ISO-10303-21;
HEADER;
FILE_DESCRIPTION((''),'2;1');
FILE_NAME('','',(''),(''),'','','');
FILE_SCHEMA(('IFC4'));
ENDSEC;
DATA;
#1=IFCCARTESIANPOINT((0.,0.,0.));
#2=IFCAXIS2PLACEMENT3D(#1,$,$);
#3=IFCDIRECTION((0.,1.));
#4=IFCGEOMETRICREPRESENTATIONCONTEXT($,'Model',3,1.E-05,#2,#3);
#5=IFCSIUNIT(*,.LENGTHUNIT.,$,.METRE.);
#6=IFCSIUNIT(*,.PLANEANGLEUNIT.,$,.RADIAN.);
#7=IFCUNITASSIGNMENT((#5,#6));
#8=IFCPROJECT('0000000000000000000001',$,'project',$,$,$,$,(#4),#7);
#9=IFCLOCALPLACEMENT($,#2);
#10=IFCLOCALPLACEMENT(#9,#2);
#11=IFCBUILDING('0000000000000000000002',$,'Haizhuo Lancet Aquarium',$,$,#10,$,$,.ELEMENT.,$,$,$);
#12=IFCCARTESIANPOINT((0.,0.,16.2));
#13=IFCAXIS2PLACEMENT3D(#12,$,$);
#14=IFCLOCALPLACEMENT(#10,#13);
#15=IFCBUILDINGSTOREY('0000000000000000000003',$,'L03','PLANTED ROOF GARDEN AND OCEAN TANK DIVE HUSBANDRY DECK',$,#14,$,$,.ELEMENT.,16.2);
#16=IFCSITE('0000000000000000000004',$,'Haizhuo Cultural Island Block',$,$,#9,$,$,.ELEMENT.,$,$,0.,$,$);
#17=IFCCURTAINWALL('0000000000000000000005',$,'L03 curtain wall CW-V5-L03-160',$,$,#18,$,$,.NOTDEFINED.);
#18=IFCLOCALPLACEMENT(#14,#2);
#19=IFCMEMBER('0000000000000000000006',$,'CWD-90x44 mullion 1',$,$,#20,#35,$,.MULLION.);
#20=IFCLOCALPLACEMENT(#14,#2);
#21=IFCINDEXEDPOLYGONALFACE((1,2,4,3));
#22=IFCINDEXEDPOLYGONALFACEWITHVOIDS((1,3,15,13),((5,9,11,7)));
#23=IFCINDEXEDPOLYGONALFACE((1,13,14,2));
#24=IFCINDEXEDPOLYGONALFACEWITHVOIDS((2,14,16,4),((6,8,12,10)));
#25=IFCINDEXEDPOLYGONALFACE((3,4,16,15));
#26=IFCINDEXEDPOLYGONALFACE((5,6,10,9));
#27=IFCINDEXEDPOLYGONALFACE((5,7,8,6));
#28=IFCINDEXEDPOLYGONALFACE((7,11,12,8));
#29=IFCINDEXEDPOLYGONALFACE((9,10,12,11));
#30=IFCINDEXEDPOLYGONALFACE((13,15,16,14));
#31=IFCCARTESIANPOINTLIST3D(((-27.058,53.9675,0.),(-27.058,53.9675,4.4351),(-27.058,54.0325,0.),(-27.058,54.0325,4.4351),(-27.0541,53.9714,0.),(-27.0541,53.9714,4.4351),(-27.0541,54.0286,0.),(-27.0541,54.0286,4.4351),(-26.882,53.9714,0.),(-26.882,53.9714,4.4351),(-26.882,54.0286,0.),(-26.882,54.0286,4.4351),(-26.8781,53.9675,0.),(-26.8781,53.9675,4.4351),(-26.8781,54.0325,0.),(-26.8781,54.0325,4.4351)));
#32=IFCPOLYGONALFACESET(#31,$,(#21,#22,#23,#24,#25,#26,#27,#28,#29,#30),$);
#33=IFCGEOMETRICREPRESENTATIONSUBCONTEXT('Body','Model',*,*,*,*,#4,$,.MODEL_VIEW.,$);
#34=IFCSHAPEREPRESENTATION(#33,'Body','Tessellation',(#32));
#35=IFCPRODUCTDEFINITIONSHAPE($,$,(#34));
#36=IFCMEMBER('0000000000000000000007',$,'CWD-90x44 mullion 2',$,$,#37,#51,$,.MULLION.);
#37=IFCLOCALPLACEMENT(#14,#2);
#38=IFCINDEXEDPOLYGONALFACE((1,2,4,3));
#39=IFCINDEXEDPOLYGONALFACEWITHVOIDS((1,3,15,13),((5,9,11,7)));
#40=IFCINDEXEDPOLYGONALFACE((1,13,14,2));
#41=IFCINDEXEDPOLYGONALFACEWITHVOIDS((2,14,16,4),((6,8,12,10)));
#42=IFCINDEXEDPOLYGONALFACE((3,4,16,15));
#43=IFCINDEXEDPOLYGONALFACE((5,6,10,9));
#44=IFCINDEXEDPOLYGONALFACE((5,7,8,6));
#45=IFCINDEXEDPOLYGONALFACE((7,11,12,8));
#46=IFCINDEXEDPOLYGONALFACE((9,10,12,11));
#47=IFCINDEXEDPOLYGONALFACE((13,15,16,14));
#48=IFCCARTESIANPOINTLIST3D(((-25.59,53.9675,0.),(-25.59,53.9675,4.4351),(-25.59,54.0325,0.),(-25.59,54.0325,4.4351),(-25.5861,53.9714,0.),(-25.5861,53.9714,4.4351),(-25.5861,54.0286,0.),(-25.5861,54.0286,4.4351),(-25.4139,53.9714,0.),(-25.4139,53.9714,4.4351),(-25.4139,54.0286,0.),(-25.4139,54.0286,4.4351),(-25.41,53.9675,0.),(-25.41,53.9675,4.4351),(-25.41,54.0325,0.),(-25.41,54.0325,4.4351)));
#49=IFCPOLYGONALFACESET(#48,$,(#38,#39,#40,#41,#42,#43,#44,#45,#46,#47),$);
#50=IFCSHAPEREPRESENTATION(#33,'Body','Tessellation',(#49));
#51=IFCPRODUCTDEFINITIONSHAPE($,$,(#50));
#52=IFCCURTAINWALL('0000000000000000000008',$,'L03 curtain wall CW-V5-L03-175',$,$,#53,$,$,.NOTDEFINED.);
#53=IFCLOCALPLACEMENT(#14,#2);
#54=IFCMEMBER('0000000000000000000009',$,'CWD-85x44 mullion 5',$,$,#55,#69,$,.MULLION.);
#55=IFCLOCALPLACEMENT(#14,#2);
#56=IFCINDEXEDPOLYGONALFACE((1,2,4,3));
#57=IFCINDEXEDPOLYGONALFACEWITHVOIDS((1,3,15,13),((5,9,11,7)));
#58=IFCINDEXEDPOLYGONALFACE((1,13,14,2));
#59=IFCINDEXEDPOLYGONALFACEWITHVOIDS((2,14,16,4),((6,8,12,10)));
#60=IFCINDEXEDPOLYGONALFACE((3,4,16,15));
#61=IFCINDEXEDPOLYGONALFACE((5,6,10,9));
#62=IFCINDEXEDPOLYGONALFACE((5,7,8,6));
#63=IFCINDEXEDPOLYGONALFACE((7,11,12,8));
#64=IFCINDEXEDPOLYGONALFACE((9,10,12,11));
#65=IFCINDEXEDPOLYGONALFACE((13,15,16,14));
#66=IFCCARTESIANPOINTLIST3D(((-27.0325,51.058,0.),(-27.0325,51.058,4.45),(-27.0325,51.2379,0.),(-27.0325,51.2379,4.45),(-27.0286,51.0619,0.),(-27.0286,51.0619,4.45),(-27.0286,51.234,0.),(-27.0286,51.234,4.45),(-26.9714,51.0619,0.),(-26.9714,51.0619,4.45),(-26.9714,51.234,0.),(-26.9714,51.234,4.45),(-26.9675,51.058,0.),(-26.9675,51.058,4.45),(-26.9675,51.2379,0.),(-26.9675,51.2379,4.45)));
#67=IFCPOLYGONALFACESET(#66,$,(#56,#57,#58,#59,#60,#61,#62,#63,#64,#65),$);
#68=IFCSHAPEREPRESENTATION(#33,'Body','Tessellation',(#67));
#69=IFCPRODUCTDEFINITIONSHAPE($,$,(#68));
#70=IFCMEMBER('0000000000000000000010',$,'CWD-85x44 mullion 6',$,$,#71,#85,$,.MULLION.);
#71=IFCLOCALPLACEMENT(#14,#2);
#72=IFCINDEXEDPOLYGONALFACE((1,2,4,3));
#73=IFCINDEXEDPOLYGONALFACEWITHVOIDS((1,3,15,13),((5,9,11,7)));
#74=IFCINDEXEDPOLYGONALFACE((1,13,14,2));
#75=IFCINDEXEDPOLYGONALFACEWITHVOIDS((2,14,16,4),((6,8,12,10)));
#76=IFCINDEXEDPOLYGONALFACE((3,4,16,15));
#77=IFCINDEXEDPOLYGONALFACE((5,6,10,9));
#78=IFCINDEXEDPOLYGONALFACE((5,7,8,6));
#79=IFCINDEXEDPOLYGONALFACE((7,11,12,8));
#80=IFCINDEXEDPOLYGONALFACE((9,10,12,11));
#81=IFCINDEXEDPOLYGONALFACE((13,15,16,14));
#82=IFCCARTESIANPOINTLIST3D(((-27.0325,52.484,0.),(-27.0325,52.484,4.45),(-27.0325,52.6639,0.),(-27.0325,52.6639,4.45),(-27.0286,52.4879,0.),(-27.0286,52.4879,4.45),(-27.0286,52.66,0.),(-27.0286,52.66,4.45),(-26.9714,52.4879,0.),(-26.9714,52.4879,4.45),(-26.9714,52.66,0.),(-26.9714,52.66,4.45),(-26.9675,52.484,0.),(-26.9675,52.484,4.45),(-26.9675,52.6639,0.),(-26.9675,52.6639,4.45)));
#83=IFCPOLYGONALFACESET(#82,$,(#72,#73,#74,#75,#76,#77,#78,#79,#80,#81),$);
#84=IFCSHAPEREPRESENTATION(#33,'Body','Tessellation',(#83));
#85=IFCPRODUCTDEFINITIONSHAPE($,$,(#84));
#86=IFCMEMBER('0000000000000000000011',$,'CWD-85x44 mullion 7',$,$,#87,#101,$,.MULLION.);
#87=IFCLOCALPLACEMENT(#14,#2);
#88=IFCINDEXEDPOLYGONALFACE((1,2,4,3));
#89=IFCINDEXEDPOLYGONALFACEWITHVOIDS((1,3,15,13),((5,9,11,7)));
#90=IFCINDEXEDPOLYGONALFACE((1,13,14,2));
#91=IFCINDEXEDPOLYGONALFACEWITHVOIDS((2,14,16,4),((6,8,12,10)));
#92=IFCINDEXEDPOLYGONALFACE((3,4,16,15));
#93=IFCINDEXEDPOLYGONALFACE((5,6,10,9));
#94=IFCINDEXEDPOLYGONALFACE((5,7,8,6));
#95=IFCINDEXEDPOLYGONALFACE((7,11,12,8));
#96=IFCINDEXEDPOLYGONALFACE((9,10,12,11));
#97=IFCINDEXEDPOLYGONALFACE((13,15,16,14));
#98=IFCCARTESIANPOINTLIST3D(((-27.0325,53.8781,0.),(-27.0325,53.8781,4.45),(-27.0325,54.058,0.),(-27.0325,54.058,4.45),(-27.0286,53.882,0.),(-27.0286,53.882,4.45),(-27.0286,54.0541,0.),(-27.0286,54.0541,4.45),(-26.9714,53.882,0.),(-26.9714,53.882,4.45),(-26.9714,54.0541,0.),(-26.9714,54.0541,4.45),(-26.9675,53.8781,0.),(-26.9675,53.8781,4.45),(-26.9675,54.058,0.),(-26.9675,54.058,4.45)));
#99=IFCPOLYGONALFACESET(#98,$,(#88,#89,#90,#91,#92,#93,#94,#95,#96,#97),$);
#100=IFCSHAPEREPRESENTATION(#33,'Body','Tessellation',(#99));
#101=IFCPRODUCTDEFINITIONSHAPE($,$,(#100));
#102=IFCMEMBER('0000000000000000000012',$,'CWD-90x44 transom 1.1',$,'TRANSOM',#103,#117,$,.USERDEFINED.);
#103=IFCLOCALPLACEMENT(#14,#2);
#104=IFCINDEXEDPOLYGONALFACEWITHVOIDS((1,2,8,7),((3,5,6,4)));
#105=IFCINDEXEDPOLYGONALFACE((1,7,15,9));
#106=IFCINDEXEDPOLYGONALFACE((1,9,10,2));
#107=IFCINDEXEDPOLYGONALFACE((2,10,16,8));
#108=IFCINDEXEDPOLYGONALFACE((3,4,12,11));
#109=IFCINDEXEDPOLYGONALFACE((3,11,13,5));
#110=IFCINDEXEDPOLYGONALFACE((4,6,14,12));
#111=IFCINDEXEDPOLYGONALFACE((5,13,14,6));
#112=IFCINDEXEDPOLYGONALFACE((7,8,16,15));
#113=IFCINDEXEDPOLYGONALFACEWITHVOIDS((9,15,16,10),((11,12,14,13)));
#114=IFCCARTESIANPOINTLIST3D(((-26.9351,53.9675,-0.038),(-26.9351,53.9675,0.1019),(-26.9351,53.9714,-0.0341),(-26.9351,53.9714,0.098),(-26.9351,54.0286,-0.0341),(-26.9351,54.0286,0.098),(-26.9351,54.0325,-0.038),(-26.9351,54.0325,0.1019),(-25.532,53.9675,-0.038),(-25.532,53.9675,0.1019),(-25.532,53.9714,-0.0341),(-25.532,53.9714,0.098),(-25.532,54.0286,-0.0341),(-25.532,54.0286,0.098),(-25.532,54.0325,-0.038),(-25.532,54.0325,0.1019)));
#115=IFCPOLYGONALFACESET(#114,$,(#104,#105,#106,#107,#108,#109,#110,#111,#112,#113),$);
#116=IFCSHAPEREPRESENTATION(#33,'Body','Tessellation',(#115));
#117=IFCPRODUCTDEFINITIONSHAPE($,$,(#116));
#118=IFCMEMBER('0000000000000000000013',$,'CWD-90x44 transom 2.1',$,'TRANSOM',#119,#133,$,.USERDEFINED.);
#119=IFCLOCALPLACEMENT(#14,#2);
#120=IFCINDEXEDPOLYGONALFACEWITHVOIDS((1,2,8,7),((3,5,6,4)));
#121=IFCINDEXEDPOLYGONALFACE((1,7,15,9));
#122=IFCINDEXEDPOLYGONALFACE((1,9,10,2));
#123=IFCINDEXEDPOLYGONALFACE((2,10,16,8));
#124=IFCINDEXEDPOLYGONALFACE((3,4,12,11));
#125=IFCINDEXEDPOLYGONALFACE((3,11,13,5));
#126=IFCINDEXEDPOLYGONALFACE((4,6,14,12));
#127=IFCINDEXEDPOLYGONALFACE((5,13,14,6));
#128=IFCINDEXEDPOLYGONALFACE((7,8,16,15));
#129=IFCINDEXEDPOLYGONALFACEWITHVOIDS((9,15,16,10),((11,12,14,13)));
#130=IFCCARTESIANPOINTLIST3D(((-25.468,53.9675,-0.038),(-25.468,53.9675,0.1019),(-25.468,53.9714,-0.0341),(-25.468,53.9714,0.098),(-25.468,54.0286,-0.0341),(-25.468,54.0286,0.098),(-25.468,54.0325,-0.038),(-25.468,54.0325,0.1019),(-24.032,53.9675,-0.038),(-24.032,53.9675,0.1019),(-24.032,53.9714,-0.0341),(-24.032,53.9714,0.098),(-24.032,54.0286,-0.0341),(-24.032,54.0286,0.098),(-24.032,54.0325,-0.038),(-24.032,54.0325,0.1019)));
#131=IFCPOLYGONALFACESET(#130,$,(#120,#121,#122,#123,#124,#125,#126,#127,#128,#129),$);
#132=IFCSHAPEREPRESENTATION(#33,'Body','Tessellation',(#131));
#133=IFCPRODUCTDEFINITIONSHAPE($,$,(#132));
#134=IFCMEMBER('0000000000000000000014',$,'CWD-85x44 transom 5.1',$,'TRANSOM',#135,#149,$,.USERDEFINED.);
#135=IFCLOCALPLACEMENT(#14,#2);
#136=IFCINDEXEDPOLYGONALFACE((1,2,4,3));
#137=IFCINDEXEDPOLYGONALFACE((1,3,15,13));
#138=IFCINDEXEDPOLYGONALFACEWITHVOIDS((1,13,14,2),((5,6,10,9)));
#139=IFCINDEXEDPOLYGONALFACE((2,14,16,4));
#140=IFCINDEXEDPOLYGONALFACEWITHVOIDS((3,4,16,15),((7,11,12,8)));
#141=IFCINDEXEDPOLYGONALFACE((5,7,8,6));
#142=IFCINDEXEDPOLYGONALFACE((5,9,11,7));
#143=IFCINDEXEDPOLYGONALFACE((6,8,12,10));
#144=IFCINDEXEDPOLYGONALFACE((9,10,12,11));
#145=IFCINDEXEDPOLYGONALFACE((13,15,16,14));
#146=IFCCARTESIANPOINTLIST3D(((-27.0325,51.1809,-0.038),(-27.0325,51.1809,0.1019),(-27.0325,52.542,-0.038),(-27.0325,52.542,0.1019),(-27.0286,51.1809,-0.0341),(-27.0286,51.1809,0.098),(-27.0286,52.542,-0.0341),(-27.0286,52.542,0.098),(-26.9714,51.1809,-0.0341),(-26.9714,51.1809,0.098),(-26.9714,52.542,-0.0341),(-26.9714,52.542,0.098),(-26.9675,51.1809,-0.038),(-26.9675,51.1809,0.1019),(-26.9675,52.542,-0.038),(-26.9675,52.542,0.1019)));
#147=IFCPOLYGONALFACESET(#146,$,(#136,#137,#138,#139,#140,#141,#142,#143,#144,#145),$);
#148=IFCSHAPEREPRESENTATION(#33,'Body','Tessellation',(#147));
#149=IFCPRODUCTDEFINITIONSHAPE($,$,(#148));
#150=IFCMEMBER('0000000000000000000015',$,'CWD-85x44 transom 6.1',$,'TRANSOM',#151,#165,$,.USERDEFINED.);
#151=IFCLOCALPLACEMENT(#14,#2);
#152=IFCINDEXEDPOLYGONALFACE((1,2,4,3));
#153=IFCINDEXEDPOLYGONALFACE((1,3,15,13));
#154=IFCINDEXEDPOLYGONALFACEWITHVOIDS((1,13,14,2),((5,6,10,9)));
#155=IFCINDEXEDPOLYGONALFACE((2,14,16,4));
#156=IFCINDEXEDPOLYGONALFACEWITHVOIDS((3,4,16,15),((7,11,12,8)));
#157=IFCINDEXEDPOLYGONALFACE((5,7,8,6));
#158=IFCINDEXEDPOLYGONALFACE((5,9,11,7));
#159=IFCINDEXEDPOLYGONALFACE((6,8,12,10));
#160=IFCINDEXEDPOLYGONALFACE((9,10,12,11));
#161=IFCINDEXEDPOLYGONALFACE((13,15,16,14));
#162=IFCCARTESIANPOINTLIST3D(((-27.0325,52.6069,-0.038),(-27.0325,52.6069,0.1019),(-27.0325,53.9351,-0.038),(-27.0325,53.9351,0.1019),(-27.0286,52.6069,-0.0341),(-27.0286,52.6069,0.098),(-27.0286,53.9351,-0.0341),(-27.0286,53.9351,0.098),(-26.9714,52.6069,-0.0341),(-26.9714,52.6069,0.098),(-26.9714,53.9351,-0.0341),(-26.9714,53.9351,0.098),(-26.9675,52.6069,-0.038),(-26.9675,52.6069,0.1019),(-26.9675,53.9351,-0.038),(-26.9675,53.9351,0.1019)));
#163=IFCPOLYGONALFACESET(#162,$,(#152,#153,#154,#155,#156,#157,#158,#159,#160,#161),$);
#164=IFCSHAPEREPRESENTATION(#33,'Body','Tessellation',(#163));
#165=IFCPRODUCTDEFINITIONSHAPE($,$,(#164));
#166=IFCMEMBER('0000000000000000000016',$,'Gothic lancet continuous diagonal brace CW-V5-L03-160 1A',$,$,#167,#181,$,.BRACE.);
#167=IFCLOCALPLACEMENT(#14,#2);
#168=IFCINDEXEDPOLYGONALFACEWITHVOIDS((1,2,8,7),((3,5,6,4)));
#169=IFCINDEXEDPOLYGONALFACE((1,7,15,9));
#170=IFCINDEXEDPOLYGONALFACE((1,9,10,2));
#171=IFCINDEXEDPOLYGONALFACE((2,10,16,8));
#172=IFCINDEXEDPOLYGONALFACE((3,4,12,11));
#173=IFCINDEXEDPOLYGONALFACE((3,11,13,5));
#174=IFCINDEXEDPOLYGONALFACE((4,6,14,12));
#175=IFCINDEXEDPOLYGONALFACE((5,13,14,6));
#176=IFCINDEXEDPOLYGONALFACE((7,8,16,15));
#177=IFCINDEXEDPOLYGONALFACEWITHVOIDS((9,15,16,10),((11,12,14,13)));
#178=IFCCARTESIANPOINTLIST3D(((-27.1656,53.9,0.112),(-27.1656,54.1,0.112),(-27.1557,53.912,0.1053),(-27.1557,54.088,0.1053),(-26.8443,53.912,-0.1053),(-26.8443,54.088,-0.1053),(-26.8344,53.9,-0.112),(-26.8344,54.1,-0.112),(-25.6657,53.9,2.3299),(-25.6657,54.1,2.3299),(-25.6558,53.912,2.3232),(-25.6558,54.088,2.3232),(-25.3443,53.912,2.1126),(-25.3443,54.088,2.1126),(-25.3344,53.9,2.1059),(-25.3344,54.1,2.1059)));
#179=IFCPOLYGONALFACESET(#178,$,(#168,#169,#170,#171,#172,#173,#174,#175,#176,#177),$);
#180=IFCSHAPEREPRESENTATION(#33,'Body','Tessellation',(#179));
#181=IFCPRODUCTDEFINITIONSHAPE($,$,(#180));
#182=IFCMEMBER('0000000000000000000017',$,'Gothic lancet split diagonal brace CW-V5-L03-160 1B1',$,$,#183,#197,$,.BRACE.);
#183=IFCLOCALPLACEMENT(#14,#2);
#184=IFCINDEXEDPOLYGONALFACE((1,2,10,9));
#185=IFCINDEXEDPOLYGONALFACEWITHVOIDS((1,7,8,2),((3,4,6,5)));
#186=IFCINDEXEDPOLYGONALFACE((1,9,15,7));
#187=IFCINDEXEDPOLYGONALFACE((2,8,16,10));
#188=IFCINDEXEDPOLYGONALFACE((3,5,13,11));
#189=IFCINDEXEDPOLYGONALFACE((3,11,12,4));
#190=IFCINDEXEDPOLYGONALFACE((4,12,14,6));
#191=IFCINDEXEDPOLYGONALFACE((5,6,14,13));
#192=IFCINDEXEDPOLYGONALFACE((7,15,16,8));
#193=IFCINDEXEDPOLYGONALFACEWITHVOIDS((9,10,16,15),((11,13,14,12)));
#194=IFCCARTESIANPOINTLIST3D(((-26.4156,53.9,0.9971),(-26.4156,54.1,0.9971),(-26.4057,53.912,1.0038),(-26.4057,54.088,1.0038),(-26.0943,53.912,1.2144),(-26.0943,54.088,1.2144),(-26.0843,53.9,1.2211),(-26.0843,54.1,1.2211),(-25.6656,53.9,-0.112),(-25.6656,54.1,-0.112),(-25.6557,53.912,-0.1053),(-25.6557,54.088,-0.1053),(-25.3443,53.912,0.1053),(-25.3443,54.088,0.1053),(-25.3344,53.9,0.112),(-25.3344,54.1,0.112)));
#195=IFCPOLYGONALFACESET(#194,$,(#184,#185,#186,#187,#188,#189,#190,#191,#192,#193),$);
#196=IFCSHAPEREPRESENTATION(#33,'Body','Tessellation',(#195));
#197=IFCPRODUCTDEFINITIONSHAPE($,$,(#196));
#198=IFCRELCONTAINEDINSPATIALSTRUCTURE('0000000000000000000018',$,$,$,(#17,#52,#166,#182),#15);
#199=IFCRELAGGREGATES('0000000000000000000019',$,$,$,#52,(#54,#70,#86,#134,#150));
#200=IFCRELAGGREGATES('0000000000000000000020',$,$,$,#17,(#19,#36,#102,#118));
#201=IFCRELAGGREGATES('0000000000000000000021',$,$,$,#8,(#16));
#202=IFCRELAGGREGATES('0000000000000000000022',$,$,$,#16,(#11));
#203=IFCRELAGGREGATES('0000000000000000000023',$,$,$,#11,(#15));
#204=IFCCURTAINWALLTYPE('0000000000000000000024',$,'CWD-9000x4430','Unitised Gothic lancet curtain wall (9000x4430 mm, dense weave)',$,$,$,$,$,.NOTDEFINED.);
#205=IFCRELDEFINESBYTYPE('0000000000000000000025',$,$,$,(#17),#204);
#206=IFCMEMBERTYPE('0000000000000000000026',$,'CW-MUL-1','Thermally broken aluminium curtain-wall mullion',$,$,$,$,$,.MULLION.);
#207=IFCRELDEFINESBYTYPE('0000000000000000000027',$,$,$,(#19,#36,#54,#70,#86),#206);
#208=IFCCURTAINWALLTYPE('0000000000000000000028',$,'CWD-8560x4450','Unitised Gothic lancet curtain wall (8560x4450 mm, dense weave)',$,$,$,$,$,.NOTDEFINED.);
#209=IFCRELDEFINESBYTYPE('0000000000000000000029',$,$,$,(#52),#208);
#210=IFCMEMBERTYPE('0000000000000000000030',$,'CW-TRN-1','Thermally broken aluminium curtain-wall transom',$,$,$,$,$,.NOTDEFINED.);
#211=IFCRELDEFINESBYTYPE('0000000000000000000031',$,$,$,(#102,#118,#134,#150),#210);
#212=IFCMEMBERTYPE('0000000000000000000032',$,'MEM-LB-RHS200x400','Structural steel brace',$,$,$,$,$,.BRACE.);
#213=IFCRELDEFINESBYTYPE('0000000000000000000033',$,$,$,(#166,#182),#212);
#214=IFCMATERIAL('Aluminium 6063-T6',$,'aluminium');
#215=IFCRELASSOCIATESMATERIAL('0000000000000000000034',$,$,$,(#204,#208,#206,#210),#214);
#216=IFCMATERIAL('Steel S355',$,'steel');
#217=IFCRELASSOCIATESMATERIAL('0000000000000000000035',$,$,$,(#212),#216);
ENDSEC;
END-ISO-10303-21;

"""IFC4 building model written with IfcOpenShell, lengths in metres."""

from ifc_helpers import new_model, si_unit, direction, frame, origin, origin_2d, place, context, subcontext, project, spatial, hollow_rectangle, extrude, material, material_profile, profile_set, type_object, element, aggregate, save


model = new_model("IFC4")

# Units and contexts
model_context = context("Model", 3, precision=1e-05, world=origin(), true_north=direction((0.0, 1.0)))
body_context = subcontext(model_context, "Body", "Model", "MODEL_VIEW")
ifc_project = project(units=[si_unit("LENGTHUNIT", "METRE"), si_unit("PLANEANGLEUNIT", "RADIAN")], contexts=[model_context])

# Site, building, storey
site_placement = place(None, origin())
site = spatial("IfcSite", under=ifc_project, at=site_placement, Name="Haizhuo Cultural Island Block", CompositionType="ELEMENT", RefElevation=0.0)
building_placement = place(site_placement, origin())
building = spatial("IfcBuilding", under=site, at=building_placement, Name="Haizhuo Lancet Aquarium", CompositionType="ELEMENT")
storey_placement = place(building_placement, frame((0.0, 0.0, 16.2)))
storey = spatial("IfcBuildingStorey", under=building, at=storey_placement, Name="L03", Description="PLANTED ROOF GARDEN AND OCEAN TANK DIVE HUSBANDRY DECK", CompositionType="ELEMENT", Elevation=16.2)

# Curtain walls, members
ifc_material_1 = material(Name="Aluminium 6063-T6", Category="aluminium")
curtain_wall_type_1 = type_object("IfcCurtainWallType", Name="CWD-9000x4430", Description="Unitised Gothic lancet curtain wall (9000x4430 mm, dense weave)", PredefinedType="NOTDEFINED", material=ifc_material_1)
curtain_wall_1_placement = place(storey_placement, origin())
curtain_wall_1 = element("IfcCurtainWall", 1, at=curtain_wall_1_placement, inside=storey, type_object=curtain_wall_type_1, Name="L03 curtain wall CW-V5-L03-160", PredefinedType="NOTDEFINED")
ifc_material_profile_1 = material_profile(ifc_material_1, hollow_rectangle(XDim=0.0649, YDim=0.1799, WallThickness=0.0039, at=origin_2d()), Name="ALU-M 65x180x4")
ifc_profile_set_1 = profile_set([ifc_material_profile_1], Name="Aluminium 6063-T6")
member_type_1 = type_object("IfcMemberType", Name="CW-MUL-1", Description="Thermally broken aluminium curtain-wall mullion", PredefinedType="MULLION", material=ifc_profile_set_1)
member_1_placement = place(storey_placement, frame((-26.968, 54.0, 0.0), z_axis=(0.0, 0.0, 1.0), x_axis=(0.0, 1.0, 0.0)))
member_1 = element("IfcMember", 2, at=member_1_placement, type_object=member_type_1, Name="CWD-90x44 mullion 1", PredefinedType="MULLION", context=body_context, shape_type="SweptSolid", body=[
    extrude(hollow_rectangle(XDim=0.0649, YDim=0.1799, WallThickness=0.0039, at=origin_2d()), origin(), (0.0, 0.0, 1.0), 4.4351),
])
member_2_placement = place(storey_placement, frame((-25.5, 54.0, 0.0), z_axis=(0.0, 0.0, 1.0), x_axis=(0.0, 1.0, 0.0)))
member_2 = element("IfcMember", 3, at=member_2_placement, type_object=member_type_1, Name="CWD-90x44 mullion 2", PredefinedType="MULLION", context=body_context, shape_type="SweptSolid", body=[
    extrude(hollow_rectangle(XDim=0.0649, YDim=0.1799, WallThickness=0.0039, at=origin_2d()), origin(), (0.0, 0.0, 1.0), 4.4351),
])
curtain_wall_type_2 = type_object("IfcCurtainWallType", Name="CWD-8560x4450", Description="Unitised Gothic lancet curtain wall (8560x4450 mm, dense weave)", PredefinedType="NOTDEFINED", material=ifc_material_1)
curtain_wall_2_placement = place(storey_placement, origin())
curtain_wall_2 = element("IfcCurtainWall", 4, at=curtain_wall_2_placement, inside=storey, type_object=curtain_wall_type_2, Name="L03 curtain wall CW-V5-L03-175", PredefinedType="NOTDEFINED")
member_3_placement = place(storey_placement, frame((-27.0, 51.1479, 0.0), z_axis=(0.0, 0.0, 1.0), x_axis=(-1.0, 0.0, 0.0)))
member_3 = element("IfcMember", 5, at=member_3_placement, type_object=member_type_1, Name="CWD-85x44 mullion 5", PredefinedType="MULLION", context=body_context, shape_type="SweptSolid", body=[
    extrude(hollow_rectangle(XDim=0.0649, YDim=0.1799, WallThickness=0.0039, at=origin_2d()), origin(), (0.0, 0.0, 1.0), 4.45),
])
member_4_placement = place(storey_placement, frame((-27.0, 52.574, 0.0), z_axis=(0.0, 0.0, 1.0), x_axis=(-1.0, 0.0, 0.0)))
member_4 = element("IfcMember", 6, at=member_4_placement, type_object=member_type_1, Name="CWD-85x44 mullion 6", PredefinedType="MULLION", context=body_context, shape_type="SweptSolid", body=[
    extrude(hollow_rectangle(XDim=0.0649, YDim=0.1799, WallThickness=0.0039, at=origin_2d()), origin(), (0.0, 0.0, 1.0), 4.45),
])
member_5_placement = place(storey_placement, frame((-27.0, 53.968, 0.0), z_axis=(0.0, 0.0, 1.0), x_axis=(-1.0, 0.0, 0.0)))
member_5 = element("IfcMember", 7, at=member_5_placement, type_object=member_type_1, Name="CWD-85x44 mullion 7", PredefinedType="MULLION", context=body_context, shape_type="SweptSolid", body=[
    extrude(hollow_rectangle(XDim=0.0649, YDim=0.1799, WallThickness=0.0039, at=origin_2d()), origin(), (0.0, 0.0, 1.0), 4.45),
])

# Members
ifc_material_profile_2 = material_profile(ifc_material_1, hollow_rectangle(XDim=0.0649, YDim=0.1399, WallThickness=0.0039, at=origin_2d()), Name="ALU-T 65x140x4")
ifc_profile_set_2 = profile_set([ifc_material_profile_2], Name="Aluminium 6063-T6")
member_type_2 = type_object("IfcMemberType", Name="CW-TRN-1", Description="Thermally broken aluminium curtain-wall transom", PredefinedType="NOTDEFINED", material=ifc_profile_set_2)
member_6_placement = place(storey_placement, frame((-26.9351, 54.0, 0.032), z_axis=(1.0, 0.0, 0.0), x_axis=(0.0, 1.0, 0.0)))
member_6 = element("IfcMember", 8, at=member_6_placement, type_object=member_type_2, Name="CWD-90x44 transom 1.1", ObjectType="TRANSOM", PredefinedType="USERDEFINED", context=body_context, shape_type="SweptSolid", body=[
    extrude(hollow_rectangle(XDim=0.0649, YDim=0.1399, WallThickness=0.0039, at=origin_2d()), origin(), (0.0, 0.0, 1.0), 1.4031),
])
member_7_placement = place(storey_placement, frame((-25.468, 54.0, 0.032), z_axis=(1.0, 0.0, 0.0), x_axis=(0.0, 1.0, 0.0)))
member_7 = element("IfcMember", 9, at=member_7_placement, type_object=member_type_2, Name="CWD-90x44 transom 2.1", ObjectType="TRANSOM", PredefinedType="USERDEFINED", context=body_context, shape_type="SweptSolid", body=[
    extrude(hollow_rectangle(XDim=0.0649, YDim=0.1399, WallThickness=0.0039, at=origin_2d()), origin(), (0.0, 0.0, 1.0), 1.436),
])
member_8_placement = place(storey_placement, frame((-27.0, 51.1809, 0.032), z_axis=(0.0, 1.0, 0.0), x_axis=(-1.0, 0.0, 0.0)))
member_8 = element("IfcMember", 10, at=member_8_placement, type_object=member_type_2, Name="CWD-85x44 transom 5.1", ObjectType="TRANSOM", PredefinedType="USERDEFINED", context=body_context, shape_type="SweptSolid", body=[
    extrude(hollow_rectangle(XDim=0.0649, YDim=0.1399, WallThickness=0.0039, at=origin_2d()), origin(), (0.0, 0.0, 1.0), 1.3611),
])
member_9_placement = place(storey_placement, frame((-27.0, 52.6069, 0.032), z_axis=(0.0, 1.0, 0.0), x_axis=(-1.0, 0.0, 0.0)))
member_9 = element("IfcMember", 11, at=member_9_placement, type_object=member_type_2, Name="CWD-85x44 transom 6.1", ObjectType="TRANSOM", PredefinedType="USERDEFINED", context=body_context, shape_type="SweptSolid", body=[
    extrude(hollow_rectangle(XDim=0.0649, YDim=0.1399, WallThickness=0.0039, at=origin_2d()), origin(), (0.0, 0.0, 1.0), 1.3281),
])

# Members
ifc_material_2 = material(Name="Steel S355", Category="steel")
ifc_material_profile_3 = material_profile(ifc_material_2, hollow_rectangle(XDim=0.2, YDim=0.3999, WallThickness=0.012, at=origin_2d()), Name="RHS 200x400x12")
ifc_profile_set_3 = profile_set([ifc_material_profile_3], Name="Steel S355")
member_type_3 = type_object("IfcMemberType", Name="MEM-LB-RHS200x400", Description="Structural steel brace", PredefinedType="BRACE", material=ifc_profile_set_3)
member_10_placement = place(storey_placement, frame((-27.0, 54.0, 0.0), z_axis=(0.560201, 0.0, 0.828357), x_axis=(0.0, 1.0, 0.0)))
element("IfcMember", 12, at=member_10_placement, inside=storey, type_object=member_type_3, Name="Gothic lancet continuous diagonal brace CW-V5-L03-160 1A", PredefinedType="BRACE", context=body_context, shape_type="SweptSolid", body=[
    extrude(hollow_rectangle(XDim=0.2, YDim=0.3999, WallThickness=0.012, at=origin_2d()), origin(), (0.0, 0.0, 1.0), 2.6775),
])
member_11_placement = place(storey_placement, frame((-25.5, 54.0, 0.0), z_axis=(-0.560159, 0.0, 0.828385), x_axis=(0.0, -1.0, 0.0)))
element("IfcMember", 13, at=member_11_placement, inside=storey, type_object=member_type_3, Name="Gothic lancet split diagonal brace CW-V5-L03-160 1B1", PredefinedType="BRACE", context=body_context, shape_type="SweptSolid", body=[
    extrude(hollow_rectangle(XDim=0.2, YDim=0.3999, WallThickness=0.012, at=origin_2d()), origin(), (0.0, 0.0, 1.0), 1.3389),
])

aggregate(curtain_wall_2, [member_3, member_4, member_5, member_8, member_9])
aggregate(curtain_wall_1, [member_1, member_2, member_6, member_7])

save(model, "model.ifc")
